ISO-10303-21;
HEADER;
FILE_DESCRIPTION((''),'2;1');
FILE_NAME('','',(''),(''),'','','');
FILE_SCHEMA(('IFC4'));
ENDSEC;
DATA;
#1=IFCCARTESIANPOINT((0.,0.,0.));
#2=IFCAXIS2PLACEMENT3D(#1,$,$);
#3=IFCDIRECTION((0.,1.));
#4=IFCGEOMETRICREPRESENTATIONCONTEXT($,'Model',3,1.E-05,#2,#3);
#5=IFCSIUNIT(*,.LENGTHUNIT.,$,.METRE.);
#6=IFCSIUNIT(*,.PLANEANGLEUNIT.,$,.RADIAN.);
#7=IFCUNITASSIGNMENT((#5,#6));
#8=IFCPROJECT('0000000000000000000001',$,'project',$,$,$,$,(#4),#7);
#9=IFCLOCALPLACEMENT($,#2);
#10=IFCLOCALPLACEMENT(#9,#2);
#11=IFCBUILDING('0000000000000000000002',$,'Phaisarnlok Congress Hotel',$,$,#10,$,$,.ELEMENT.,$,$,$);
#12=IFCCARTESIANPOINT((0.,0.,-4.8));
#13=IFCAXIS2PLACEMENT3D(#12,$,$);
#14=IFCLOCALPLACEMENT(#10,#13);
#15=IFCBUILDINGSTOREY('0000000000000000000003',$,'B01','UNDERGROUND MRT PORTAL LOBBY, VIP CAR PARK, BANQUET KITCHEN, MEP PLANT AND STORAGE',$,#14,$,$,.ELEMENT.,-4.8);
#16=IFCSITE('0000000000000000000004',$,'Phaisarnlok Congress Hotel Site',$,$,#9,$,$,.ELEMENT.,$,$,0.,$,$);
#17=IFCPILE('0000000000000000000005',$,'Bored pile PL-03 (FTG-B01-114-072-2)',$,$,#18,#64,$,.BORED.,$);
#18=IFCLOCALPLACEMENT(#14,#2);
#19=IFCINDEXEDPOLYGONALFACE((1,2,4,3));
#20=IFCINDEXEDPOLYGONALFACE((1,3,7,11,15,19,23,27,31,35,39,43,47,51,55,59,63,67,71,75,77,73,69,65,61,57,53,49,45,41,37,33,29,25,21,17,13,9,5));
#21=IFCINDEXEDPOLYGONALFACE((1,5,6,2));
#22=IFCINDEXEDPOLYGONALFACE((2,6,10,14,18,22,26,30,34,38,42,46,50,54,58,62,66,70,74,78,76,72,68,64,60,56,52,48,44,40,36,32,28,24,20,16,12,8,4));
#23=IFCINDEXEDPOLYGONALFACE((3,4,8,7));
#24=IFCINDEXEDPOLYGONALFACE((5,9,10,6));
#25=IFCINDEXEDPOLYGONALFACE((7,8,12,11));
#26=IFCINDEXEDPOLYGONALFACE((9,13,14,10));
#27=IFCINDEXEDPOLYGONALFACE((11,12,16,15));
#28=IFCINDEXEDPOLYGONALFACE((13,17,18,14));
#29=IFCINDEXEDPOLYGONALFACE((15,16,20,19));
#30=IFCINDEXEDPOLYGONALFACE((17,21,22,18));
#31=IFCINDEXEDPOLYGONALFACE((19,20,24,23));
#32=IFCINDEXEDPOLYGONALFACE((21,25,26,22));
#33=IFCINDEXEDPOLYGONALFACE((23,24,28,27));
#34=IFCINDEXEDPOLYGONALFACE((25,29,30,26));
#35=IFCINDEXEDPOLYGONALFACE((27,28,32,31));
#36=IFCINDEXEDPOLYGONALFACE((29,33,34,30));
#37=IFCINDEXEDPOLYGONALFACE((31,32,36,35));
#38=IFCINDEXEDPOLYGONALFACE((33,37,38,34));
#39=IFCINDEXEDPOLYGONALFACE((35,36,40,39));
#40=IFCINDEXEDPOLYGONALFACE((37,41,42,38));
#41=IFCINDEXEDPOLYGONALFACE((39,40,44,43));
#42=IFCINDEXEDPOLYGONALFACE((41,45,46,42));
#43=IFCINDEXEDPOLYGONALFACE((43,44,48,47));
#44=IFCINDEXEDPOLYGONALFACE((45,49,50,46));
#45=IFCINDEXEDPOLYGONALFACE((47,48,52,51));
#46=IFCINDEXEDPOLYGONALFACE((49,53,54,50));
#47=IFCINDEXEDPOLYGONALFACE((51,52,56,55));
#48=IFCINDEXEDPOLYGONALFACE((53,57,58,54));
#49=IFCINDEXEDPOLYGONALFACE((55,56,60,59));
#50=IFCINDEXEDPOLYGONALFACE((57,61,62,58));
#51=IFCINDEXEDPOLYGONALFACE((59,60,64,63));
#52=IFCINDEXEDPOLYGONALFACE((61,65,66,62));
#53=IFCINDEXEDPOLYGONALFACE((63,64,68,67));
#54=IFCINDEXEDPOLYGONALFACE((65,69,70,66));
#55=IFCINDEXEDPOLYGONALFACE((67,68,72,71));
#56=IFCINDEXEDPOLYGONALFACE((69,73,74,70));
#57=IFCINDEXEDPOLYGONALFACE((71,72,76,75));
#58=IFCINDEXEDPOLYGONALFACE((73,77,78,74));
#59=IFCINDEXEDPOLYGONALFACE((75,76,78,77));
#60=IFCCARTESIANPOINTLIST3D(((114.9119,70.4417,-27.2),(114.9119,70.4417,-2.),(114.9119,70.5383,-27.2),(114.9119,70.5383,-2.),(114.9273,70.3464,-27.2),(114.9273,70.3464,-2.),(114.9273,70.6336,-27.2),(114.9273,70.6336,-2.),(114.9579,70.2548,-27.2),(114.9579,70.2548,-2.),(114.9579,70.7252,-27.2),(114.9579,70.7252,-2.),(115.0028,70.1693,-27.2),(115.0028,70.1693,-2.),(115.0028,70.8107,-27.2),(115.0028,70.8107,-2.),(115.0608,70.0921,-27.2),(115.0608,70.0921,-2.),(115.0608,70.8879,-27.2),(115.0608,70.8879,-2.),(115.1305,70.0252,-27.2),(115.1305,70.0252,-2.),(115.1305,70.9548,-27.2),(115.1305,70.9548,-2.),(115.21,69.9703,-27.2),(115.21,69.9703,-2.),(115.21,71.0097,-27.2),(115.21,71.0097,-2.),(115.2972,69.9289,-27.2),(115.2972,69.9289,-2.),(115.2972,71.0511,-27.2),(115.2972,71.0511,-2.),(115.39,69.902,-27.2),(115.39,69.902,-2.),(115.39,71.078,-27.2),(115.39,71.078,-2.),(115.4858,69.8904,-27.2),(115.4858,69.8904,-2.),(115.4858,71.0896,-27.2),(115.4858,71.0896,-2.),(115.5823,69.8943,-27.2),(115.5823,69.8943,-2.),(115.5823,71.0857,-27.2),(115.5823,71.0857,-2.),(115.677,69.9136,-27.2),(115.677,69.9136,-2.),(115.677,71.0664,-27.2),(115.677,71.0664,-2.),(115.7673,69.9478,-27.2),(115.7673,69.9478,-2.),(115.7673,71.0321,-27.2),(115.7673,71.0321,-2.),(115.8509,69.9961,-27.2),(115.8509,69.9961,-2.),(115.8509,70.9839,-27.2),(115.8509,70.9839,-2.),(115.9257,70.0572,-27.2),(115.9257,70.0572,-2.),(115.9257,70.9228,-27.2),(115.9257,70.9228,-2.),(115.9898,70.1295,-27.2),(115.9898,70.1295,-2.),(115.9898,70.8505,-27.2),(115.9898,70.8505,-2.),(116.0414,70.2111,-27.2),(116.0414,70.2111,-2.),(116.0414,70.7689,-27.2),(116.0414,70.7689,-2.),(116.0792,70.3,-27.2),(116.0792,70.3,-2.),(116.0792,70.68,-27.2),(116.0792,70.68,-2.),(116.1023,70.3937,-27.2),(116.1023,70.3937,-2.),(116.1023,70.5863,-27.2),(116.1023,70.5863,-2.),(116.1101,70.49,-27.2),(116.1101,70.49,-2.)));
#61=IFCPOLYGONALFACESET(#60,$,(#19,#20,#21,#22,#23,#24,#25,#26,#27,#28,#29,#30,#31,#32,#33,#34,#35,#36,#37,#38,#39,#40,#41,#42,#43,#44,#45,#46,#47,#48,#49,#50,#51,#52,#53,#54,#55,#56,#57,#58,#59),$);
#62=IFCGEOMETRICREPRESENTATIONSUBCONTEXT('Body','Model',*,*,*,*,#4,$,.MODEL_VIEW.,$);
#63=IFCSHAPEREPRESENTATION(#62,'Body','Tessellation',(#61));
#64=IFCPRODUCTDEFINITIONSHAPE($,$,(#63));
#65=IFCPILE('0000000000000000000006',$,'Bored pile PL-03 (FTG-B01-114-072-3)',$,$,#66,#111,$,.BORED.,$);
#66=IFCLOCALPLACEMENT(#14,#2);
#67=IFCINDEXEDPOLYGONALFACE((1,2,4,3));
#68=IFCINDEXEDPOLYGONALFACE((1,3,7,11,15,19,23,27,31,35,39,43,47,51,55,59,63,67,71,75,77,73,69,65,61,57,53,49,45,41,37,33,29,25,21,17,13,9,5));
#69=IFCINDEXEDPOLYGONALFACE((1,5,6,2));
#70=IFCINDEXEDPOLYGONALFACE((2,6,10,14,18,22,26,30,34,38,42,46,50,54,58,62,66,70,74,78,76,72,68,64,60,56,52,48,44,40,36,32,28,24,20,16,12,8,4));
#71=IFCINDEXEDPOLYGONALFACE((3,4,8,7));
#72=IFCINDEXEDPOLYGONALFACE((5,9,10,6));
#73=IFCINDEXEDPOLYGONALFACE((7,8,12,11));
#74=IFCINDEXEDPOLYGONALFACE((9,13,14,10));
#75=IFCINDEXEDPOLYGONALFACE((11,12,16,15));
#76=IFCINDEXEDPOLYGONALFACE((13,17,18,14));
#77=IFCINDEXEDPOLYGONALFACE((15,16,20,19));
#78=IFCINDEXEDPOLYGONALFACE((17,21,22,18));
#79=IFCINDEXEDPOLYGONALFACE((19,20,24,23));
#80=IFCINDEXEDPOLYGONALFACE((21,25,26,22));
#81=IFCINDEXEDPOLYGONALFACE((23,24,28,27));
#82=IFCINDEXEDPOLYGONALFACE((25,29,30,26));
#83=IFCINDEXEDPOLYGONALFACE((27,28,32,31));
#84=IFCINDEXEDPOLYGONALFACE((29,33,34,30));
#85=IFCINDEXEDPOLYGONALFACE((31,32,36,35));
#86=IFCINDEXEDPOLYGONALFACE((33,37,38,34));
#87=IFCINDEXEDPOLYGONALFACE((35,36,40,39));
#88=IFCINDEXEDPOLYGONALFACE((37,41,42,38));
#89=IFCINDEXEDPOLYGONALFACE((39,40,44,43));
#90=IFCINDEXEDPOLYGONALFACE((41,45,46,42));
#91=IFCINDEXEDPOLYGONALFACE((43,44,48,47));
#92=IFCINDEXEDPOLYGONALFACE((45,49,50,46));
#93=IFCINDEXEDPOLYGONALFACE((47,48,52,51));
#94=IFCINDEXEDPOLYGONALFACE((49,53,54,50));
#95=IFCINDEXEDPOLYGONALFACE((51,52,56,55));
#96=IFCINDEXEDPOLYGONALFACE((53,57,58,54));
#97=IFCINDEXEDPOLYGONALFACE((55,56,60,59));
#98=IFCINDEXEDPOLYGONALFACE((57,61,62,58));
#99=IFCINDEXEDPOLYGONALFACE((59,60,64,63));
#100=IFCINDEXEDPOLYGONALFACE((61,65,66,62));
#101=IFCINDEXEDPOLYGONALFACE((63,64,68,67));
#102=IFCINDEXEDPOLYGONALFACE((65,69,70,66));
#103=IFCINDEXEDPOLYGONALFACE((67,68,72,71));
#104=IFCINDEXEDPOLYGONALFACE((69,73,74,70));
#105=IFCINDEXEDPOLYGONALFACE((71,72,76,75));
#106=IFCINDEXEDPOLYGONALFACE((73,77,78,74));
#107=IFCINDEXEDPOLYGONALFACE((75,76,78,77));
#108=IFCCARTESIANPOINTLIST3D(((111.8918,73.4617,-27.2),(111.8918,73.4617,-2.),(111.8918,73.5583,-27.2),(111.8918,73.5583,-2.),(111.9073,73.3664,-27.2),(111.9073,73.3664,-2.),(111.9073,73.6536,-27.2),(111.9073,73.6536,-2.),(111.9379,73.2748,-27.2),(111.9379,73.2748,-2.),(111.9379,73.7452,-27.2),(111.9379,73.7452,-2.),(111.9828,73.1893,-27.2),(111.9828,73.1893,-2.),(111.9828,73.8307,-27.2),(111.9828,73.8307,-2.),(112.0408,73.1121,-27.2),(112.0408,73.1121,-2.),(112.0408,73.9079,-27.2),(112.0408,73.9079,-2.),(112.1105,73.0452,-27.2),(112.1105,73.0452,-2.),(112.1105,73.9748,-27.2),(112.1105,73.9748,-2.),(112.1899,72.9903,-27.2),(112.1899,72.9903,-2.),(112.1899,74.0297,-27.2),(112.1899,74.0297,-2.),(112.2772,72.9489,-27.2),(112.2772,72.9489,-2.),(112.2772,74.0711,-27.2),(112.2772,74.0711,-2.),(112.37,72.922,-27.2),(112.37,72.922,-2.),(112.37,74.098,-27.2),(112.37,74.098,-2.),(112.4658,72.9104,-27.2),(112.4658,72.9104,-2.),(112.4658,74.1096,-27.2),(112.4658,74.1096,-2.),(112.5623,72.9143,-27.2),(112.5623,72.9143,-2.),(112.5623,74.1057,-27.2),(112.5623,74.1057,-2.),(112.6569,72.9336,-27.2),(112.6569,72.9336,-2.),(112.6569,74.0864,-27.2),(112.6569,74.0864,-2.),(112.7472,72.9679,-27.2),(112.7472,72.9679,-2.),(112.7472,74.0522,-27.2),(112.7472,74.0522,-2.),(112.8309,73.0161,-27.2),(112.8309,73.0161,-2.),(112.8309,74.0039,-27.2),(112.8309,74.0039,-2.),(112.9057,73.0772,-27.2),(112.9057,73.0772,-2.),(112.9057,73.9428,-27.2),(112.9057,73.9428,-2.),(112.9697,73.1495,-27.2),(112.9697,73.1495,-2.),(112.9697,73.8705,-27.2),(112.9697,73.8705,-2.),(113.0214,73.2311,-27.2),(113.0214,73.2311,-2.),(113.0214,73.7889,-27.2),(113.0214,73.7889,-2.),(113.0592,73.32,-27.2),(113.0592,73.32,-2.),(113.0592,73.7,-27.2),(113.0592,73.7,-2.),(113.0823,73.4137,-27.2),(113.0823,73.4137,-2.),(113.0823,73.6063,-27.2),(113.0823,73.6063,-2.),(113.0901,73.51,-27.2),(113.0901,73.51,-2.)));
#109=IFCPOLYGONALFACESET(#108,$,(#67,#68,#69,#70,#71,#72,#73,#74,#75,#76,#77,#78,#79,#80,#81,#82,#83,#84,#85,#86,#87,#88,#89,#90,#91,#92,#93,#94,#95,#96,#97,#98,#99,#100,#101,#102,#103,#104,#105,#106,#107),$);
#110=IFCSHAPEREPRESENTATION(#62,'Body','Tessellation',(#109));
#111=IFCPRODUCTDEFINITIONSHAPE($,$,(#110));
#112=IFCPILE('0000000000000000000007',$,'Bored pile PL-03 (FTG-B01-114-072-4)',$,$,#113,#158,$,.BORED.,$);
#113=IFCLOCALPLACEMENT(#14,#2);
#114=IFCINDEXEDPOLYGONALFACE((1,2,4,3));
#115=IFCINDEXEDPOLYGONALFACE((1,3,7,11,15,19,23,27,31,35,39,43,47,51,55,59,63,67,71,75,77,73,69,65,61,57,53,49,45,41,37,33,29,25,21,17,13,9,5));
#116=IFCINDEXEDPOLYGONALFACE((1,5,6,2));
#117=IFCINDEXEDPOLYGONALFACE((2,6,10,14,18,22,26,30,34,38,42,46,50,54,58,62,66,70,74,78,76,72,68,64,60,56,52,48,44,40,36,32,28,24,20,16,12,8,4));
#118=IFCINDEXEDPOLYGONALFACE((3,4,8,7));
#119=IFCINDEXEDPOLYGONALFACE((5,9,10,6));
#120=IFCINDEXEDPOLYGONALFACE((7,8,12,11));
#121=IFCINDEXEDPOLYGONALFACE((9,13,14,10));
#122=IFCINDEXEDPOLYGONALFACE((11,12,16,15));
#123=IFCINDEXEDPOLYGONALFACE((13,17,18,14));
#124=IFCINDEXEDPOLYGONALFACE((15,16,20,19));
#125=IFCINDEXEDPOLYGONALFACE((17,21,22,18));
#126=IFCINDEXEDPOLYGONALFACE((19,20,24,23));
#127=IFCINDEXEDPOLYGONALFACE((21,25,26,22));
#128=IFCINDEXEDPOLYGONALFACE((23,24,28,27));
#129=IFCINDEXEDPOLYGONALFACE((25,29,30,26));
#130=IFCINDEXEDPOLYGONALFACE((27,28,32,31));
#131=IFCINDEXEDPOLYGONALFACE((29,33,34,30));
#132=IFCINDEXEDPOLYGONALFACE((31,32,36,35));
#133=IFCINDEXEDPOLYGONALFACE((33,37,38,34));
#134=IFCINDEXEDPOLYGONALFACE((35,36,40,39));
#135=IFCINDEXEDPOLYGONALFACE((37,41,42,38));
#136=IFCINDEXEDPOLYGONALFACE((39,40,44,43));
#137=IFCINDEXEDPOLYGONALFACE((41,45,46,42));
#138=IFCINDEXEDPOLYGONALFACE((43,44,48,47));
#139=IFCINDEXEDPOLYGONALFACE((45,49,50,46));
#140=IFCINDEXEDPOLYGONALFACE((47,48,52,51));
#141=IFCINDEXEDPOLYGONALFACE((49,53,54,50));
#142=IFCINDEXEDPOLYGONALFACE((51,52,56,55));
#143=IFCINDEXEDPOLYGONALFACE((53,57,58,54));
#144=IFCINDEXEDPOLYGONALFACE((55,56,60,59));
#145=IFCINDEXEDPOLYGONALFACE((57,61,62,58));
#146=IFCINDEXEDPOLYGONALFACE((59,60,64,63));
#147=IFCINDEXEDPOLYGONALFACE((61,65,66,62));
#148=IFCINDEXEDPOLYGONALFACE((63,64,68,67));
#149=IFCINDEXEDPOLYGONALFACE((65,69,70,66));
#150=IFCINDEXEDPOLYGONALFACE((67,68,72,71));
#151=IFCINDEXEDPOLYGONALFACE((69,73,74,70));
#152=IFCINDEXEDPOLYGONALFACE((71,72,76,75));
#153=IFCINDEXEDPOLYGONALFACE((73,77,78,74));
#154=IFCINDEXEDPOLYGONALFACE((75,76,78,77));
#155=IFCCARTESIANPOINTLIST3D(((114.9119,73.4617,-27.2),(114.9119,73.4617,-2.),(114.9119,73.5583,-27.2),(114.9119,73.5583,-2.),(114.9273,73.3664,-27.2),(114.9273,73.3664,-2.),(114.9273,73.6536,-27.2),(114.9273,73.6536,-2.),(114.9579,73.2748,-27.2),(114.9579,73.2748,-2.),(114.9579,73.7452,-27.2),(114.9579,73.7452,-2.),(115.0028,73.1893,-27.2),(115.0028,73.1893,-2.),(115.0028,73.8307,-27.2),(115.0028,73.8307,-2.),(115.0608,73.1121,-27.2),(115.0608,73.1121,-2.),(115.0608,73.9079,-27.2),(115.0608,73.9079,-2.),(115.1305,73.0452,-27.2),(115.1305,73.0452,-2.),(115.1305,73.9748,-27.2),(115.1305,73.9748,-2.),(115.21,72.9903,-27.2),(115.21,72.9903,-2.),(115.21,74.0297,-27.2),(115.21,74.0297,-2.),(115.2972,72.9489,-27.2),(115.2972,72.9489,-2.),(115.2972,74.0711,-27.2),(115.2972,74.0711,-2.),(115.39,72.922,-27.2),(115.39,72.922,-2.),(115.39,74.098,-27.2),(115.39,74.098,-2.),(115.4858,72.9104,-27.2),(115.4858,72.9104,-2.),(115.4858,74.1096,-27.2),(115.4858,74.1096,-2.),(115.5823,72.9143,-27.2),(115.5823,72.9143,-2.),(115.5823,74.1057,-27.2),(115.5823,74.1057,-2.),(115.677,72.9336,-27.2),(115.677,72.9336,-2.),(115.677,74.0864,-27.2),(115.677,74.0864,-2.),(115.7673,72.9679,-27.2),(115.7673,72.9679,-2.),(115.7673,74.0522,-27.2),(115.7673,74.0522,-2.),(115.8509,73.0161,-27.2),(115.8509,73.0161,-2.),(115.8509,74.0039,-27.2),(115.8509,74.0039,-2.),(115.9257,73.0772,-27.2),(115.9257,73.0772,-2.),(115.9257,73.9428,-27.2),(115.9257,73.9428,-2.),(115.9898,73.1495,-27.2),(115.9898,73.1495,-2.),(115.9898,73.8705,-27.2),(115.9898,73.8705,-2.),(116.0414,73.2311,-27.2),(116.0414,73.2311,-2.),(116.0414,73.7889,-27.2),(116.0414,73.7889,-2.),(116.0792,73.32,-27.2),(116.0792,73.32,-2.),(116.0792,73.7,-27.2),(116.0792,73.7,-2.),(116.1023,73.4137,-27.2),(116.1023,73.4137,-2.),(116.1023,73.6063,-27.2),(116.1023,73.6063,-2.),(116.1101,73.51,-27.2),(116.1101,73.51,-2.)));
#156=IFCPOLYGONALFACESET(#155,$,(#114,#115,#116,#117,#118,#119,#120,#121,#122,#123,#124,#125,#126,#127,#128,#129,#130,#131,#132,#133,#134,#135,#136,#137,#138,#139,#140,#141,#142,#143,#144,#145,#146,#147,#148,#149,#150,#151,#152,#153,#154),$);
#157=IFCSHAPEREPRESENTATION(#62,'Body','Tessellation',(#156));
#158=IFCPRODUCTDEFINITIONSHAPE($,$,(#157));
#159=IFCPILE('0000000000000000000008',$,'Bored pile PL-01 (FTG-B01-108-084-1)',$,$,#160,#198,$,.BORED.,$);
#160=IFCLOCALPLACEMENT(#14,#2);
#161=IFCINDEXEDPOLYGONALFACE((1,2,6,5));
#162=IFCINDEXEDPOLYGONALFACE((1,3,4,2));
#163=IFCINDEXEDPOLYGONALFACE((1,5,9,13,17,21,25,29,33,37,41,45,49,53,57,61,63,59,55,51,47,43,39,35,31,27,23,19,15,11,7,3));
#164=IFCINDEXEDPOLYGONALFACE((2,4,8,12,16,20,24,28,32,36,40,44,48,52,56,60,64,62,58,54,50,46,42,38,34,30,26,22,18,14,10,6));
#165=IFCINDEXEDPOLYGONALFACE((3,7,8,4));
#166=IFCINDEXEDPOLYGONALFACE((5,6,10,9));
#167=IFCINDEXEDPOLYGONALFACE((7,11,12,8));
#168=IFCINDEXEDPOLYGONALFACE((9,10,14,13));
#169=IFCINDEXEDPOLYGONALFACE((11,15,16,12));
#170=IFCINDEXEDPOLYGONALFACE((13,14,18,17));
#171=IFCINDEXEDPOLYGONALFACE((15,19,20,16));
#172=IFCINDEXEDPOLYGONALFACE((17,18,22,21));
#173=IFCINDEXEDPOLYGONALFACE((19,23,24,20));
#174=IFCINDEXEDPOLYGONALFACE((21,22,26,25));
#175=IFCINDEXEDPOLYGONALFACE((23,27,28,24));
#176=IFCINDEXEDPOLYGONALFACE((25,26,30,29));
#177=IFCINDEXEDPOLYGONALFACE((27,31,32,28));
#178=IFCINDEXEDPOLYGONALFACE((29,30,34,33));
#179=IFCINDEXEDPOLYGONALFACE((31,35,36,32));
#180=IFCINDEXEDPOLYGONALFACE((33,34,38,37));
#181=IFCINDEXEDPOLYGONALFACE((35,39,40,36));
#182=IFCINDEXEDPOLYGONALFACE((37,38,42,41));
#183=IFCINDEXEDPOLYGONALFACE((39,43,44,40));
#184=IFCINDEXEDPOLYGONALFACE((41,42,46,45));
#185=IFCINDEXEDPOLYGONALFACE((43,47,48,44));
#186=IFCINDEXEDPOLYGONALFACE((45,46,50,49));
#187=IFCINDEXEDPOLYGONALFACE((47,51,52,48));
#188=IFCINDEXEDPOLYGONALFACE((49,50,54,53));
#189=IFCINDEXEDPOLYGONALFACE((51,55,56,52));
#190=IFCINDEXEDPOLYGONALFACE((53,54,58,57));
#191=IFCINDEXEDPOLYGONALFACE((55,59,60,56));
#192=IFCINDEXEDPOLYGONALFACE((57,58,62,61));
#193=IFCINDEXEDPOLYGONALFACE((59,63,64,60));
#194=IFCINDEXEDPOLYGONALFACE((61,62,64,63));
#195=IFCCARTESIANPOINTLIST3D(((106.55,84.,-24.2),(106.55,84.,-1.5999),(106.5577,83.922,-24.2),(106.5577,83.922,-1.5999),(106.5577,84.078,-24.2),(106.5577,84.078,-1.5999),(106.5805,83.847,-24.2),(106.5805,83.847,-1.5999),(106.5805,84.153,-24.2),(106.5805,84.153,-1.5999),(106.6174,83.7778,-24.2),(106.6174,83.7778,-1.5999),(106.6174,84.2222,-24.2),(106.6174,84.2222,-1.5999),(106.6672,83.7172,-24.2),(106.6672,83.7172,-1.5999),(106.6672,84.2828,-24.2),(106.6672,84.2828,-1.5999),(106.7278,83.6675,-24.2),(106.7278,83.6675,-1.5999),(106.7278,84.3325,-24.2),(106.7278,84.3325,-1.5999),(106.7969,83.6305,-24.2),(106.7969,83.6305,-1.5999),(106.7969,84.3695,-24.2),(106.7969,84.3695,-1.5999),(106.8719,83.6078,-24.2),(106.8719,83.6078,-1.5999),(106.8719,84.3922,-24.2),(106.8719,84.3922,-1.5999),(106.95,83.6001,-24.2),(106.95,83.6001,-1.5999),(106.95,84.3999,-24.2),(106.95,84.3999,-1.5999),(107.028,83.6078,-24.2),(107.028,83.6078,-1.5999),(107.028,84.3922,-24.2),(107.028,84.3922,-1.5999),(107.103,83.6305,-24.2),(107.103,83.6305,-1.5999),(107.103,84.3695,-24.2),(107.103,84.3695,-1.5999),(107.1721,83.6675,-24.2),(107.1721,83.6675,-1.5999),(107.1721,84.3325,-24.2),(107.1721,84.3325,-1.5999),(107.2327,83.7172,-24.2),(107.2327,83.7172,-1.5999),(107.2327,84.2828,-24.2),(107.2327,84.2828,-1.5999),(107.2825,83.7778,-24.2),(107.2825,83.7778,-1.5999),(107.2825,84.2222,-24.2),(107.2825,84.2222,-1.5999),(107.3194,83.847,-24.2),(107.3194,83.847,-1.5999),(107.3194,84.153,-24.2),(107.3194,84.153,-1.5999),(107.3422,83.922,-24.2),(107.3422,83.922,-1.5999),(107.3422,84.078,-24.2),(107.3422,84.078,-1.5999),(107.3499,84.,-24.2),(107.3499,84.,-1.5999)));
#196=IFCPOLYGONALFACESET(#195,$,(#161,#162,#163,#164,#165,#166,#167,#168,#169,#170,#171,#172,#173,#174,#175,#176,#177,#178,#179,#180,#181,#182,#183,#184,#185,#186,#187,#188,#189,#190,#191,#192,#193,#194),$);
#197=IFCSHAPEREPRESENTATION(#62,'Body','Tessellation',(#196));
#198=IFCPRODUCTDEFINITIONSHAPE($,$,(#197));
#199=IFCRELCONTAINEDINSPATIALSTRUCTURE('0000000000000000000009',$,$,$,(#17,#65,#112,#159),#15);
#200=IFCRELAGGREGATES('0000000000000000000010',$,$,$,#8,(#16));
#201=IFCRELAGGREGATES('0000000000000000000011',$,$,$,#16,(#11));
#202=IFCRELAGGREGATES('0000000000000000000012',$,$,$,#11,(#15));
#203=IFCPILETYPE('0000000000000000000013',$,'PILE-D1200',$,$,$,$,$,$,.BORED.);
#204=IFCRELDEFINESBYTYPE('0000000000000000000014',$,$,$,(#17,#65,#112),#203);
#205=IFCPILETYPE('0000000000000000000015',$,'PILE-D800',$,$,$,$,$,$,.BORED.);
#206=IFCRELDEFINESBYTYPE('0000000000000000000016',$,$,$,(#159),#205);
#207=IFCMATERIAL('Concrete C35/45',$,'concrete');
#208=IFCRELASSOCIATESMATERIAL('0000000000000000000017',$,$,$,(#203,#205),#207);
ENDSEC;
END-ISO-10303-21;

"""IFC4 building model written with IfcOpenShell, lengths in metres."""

from ifc_helpers import new_model, si_unit, direction, frame, origin, origin_2d, place, context, subcontext, project, spatial, circle, extrude, material, material_profile, profile_set, type_object, element, save


model = new_model("IFC4")

# Units and contexts
model_context = context("Model", 3, precision=1e-05, world=origin(), true_north=direction((0.0, 1.0)))
body_context = subcontext(model_context, "Body", "Model", "MODEL_VIEW")
ifc_project = project(units=[si_unit("LENGTHUNIT", "METRE"), si_unit("PLANEANGLEUNIT", "RADIAN")], contexts=[model_context])

# Site, building, storey
site_placement = place(None, origin())
site = spatial("IfcSite", under=ifc_project, at=site_placement, Name="Phaisarnlok Congress Hotel Site", CompositionType="ELEMENT", RefElevation=0.0)
building_placement = place(site_placement, origin())
building = spatial("IfcBuilding", under=site, at=building_placement, Name="Phaisarnlok Congress Hotel", CompositionType="ELEMENT")
storey_placement = place(building_placement, frame((0.0, 0.0, -4.8)))
storey = spatial("IfcBuildingStorey", under=building, at=storey_placement, Name="B01", Description="UNDERGROUND MRT PORTAL LOBBY, VIP CAR PARK, BANQUET KITCHEN, MEP PLANT AND STORAGE", CompositionType="ELEMENT", Elevation=-4.8)

# Piles
ifc_material_1 = material(Name="Concrete C35/45", Category="concrete")
ifc_material_profile_1 = material_profile(ifc_material_1, circle(Radius=0.6001, at=origin_2d()), Name="BORED PILE D1200")
ifc_profile_set_1 = profile_set([ifc_material_profile_1], Name="Concrete C35/45")
pile_type_1 = type_object("IfcPileType", Name="PILE-D1200", PredefinedType="BORED", material=ifc_profile_set_1)
for number, where, z_axis, x_axis, name in (
    (1, (115.51, 70.49, -2.0), (0.0, 0.0, -1.0), (1.0, 0.0, 0.0), "Bored pile PL-03 (FTG-B01-114-072-2)"),
    (2, (112.49, 73.51, -2.0), (0.0, 0.0, -1.0), (1.0, 0.0, 0.0), "Bored pile PL-03 (FTG-B01-114-072-3)"),
    (3, (115.51, 73.51, -2.0), (0.0, 0.0, -1.0), (1.0, 0.0, 0.0), "Bored pile PL-03 (FTG-B01-114-072-4)"),
):
    element("IfcPile", number, at=place(storey_placement, frame(where, z_axis=z_axis, x_axis=x_axis)), inside=storey, type_object=pile_type_1, Name=name, PredefinedType="BORED", context=body_context, shape_type="SweptSolid", body=[
        extrude(circle(Radius=0.6001, at=origin_2d()), origin(), (0.0, 0.0, 1.0), 25.2),
    ])
ifc_material_profile_2 = material_profile(ifc_material_1, circle(Radius=0.3999, at=origin_2d()), Name="BORED PILE D800")
ifc_profile_set_2 = profile_set([ifc_material_profile_2], Name="Concrete C35/45")
pile_type_2 = type_object("IfcPileType", Name="PILE-D800", PredefinedType="BORED", material=ifc_profile_set_2)
for number, where, z_axis, x_axis, name in (
    (4, (106.95, 84.0, -1.5999), (0.0, 0.0, -1.0), (1.0, 0.0, 0.0), "Bored pile PL-01 (FTG-B01-108-084-1)"),
):
    element("IfcPile", number, at=place(storey_placement, frame(where, z_axis=z_axis, x_axis=x_axis)), inside=storey, type_object=pile_type_2, Name=name, PredefinedType="BORED", context=body_context, shape_type="SweptSolid", body=[
        extrude(circle(Radius=0.3999, at=origin_2d()), origin(), (0.0, 0.0, 1.0), 22.6001),
    ])

save(model, "model.ifc")
